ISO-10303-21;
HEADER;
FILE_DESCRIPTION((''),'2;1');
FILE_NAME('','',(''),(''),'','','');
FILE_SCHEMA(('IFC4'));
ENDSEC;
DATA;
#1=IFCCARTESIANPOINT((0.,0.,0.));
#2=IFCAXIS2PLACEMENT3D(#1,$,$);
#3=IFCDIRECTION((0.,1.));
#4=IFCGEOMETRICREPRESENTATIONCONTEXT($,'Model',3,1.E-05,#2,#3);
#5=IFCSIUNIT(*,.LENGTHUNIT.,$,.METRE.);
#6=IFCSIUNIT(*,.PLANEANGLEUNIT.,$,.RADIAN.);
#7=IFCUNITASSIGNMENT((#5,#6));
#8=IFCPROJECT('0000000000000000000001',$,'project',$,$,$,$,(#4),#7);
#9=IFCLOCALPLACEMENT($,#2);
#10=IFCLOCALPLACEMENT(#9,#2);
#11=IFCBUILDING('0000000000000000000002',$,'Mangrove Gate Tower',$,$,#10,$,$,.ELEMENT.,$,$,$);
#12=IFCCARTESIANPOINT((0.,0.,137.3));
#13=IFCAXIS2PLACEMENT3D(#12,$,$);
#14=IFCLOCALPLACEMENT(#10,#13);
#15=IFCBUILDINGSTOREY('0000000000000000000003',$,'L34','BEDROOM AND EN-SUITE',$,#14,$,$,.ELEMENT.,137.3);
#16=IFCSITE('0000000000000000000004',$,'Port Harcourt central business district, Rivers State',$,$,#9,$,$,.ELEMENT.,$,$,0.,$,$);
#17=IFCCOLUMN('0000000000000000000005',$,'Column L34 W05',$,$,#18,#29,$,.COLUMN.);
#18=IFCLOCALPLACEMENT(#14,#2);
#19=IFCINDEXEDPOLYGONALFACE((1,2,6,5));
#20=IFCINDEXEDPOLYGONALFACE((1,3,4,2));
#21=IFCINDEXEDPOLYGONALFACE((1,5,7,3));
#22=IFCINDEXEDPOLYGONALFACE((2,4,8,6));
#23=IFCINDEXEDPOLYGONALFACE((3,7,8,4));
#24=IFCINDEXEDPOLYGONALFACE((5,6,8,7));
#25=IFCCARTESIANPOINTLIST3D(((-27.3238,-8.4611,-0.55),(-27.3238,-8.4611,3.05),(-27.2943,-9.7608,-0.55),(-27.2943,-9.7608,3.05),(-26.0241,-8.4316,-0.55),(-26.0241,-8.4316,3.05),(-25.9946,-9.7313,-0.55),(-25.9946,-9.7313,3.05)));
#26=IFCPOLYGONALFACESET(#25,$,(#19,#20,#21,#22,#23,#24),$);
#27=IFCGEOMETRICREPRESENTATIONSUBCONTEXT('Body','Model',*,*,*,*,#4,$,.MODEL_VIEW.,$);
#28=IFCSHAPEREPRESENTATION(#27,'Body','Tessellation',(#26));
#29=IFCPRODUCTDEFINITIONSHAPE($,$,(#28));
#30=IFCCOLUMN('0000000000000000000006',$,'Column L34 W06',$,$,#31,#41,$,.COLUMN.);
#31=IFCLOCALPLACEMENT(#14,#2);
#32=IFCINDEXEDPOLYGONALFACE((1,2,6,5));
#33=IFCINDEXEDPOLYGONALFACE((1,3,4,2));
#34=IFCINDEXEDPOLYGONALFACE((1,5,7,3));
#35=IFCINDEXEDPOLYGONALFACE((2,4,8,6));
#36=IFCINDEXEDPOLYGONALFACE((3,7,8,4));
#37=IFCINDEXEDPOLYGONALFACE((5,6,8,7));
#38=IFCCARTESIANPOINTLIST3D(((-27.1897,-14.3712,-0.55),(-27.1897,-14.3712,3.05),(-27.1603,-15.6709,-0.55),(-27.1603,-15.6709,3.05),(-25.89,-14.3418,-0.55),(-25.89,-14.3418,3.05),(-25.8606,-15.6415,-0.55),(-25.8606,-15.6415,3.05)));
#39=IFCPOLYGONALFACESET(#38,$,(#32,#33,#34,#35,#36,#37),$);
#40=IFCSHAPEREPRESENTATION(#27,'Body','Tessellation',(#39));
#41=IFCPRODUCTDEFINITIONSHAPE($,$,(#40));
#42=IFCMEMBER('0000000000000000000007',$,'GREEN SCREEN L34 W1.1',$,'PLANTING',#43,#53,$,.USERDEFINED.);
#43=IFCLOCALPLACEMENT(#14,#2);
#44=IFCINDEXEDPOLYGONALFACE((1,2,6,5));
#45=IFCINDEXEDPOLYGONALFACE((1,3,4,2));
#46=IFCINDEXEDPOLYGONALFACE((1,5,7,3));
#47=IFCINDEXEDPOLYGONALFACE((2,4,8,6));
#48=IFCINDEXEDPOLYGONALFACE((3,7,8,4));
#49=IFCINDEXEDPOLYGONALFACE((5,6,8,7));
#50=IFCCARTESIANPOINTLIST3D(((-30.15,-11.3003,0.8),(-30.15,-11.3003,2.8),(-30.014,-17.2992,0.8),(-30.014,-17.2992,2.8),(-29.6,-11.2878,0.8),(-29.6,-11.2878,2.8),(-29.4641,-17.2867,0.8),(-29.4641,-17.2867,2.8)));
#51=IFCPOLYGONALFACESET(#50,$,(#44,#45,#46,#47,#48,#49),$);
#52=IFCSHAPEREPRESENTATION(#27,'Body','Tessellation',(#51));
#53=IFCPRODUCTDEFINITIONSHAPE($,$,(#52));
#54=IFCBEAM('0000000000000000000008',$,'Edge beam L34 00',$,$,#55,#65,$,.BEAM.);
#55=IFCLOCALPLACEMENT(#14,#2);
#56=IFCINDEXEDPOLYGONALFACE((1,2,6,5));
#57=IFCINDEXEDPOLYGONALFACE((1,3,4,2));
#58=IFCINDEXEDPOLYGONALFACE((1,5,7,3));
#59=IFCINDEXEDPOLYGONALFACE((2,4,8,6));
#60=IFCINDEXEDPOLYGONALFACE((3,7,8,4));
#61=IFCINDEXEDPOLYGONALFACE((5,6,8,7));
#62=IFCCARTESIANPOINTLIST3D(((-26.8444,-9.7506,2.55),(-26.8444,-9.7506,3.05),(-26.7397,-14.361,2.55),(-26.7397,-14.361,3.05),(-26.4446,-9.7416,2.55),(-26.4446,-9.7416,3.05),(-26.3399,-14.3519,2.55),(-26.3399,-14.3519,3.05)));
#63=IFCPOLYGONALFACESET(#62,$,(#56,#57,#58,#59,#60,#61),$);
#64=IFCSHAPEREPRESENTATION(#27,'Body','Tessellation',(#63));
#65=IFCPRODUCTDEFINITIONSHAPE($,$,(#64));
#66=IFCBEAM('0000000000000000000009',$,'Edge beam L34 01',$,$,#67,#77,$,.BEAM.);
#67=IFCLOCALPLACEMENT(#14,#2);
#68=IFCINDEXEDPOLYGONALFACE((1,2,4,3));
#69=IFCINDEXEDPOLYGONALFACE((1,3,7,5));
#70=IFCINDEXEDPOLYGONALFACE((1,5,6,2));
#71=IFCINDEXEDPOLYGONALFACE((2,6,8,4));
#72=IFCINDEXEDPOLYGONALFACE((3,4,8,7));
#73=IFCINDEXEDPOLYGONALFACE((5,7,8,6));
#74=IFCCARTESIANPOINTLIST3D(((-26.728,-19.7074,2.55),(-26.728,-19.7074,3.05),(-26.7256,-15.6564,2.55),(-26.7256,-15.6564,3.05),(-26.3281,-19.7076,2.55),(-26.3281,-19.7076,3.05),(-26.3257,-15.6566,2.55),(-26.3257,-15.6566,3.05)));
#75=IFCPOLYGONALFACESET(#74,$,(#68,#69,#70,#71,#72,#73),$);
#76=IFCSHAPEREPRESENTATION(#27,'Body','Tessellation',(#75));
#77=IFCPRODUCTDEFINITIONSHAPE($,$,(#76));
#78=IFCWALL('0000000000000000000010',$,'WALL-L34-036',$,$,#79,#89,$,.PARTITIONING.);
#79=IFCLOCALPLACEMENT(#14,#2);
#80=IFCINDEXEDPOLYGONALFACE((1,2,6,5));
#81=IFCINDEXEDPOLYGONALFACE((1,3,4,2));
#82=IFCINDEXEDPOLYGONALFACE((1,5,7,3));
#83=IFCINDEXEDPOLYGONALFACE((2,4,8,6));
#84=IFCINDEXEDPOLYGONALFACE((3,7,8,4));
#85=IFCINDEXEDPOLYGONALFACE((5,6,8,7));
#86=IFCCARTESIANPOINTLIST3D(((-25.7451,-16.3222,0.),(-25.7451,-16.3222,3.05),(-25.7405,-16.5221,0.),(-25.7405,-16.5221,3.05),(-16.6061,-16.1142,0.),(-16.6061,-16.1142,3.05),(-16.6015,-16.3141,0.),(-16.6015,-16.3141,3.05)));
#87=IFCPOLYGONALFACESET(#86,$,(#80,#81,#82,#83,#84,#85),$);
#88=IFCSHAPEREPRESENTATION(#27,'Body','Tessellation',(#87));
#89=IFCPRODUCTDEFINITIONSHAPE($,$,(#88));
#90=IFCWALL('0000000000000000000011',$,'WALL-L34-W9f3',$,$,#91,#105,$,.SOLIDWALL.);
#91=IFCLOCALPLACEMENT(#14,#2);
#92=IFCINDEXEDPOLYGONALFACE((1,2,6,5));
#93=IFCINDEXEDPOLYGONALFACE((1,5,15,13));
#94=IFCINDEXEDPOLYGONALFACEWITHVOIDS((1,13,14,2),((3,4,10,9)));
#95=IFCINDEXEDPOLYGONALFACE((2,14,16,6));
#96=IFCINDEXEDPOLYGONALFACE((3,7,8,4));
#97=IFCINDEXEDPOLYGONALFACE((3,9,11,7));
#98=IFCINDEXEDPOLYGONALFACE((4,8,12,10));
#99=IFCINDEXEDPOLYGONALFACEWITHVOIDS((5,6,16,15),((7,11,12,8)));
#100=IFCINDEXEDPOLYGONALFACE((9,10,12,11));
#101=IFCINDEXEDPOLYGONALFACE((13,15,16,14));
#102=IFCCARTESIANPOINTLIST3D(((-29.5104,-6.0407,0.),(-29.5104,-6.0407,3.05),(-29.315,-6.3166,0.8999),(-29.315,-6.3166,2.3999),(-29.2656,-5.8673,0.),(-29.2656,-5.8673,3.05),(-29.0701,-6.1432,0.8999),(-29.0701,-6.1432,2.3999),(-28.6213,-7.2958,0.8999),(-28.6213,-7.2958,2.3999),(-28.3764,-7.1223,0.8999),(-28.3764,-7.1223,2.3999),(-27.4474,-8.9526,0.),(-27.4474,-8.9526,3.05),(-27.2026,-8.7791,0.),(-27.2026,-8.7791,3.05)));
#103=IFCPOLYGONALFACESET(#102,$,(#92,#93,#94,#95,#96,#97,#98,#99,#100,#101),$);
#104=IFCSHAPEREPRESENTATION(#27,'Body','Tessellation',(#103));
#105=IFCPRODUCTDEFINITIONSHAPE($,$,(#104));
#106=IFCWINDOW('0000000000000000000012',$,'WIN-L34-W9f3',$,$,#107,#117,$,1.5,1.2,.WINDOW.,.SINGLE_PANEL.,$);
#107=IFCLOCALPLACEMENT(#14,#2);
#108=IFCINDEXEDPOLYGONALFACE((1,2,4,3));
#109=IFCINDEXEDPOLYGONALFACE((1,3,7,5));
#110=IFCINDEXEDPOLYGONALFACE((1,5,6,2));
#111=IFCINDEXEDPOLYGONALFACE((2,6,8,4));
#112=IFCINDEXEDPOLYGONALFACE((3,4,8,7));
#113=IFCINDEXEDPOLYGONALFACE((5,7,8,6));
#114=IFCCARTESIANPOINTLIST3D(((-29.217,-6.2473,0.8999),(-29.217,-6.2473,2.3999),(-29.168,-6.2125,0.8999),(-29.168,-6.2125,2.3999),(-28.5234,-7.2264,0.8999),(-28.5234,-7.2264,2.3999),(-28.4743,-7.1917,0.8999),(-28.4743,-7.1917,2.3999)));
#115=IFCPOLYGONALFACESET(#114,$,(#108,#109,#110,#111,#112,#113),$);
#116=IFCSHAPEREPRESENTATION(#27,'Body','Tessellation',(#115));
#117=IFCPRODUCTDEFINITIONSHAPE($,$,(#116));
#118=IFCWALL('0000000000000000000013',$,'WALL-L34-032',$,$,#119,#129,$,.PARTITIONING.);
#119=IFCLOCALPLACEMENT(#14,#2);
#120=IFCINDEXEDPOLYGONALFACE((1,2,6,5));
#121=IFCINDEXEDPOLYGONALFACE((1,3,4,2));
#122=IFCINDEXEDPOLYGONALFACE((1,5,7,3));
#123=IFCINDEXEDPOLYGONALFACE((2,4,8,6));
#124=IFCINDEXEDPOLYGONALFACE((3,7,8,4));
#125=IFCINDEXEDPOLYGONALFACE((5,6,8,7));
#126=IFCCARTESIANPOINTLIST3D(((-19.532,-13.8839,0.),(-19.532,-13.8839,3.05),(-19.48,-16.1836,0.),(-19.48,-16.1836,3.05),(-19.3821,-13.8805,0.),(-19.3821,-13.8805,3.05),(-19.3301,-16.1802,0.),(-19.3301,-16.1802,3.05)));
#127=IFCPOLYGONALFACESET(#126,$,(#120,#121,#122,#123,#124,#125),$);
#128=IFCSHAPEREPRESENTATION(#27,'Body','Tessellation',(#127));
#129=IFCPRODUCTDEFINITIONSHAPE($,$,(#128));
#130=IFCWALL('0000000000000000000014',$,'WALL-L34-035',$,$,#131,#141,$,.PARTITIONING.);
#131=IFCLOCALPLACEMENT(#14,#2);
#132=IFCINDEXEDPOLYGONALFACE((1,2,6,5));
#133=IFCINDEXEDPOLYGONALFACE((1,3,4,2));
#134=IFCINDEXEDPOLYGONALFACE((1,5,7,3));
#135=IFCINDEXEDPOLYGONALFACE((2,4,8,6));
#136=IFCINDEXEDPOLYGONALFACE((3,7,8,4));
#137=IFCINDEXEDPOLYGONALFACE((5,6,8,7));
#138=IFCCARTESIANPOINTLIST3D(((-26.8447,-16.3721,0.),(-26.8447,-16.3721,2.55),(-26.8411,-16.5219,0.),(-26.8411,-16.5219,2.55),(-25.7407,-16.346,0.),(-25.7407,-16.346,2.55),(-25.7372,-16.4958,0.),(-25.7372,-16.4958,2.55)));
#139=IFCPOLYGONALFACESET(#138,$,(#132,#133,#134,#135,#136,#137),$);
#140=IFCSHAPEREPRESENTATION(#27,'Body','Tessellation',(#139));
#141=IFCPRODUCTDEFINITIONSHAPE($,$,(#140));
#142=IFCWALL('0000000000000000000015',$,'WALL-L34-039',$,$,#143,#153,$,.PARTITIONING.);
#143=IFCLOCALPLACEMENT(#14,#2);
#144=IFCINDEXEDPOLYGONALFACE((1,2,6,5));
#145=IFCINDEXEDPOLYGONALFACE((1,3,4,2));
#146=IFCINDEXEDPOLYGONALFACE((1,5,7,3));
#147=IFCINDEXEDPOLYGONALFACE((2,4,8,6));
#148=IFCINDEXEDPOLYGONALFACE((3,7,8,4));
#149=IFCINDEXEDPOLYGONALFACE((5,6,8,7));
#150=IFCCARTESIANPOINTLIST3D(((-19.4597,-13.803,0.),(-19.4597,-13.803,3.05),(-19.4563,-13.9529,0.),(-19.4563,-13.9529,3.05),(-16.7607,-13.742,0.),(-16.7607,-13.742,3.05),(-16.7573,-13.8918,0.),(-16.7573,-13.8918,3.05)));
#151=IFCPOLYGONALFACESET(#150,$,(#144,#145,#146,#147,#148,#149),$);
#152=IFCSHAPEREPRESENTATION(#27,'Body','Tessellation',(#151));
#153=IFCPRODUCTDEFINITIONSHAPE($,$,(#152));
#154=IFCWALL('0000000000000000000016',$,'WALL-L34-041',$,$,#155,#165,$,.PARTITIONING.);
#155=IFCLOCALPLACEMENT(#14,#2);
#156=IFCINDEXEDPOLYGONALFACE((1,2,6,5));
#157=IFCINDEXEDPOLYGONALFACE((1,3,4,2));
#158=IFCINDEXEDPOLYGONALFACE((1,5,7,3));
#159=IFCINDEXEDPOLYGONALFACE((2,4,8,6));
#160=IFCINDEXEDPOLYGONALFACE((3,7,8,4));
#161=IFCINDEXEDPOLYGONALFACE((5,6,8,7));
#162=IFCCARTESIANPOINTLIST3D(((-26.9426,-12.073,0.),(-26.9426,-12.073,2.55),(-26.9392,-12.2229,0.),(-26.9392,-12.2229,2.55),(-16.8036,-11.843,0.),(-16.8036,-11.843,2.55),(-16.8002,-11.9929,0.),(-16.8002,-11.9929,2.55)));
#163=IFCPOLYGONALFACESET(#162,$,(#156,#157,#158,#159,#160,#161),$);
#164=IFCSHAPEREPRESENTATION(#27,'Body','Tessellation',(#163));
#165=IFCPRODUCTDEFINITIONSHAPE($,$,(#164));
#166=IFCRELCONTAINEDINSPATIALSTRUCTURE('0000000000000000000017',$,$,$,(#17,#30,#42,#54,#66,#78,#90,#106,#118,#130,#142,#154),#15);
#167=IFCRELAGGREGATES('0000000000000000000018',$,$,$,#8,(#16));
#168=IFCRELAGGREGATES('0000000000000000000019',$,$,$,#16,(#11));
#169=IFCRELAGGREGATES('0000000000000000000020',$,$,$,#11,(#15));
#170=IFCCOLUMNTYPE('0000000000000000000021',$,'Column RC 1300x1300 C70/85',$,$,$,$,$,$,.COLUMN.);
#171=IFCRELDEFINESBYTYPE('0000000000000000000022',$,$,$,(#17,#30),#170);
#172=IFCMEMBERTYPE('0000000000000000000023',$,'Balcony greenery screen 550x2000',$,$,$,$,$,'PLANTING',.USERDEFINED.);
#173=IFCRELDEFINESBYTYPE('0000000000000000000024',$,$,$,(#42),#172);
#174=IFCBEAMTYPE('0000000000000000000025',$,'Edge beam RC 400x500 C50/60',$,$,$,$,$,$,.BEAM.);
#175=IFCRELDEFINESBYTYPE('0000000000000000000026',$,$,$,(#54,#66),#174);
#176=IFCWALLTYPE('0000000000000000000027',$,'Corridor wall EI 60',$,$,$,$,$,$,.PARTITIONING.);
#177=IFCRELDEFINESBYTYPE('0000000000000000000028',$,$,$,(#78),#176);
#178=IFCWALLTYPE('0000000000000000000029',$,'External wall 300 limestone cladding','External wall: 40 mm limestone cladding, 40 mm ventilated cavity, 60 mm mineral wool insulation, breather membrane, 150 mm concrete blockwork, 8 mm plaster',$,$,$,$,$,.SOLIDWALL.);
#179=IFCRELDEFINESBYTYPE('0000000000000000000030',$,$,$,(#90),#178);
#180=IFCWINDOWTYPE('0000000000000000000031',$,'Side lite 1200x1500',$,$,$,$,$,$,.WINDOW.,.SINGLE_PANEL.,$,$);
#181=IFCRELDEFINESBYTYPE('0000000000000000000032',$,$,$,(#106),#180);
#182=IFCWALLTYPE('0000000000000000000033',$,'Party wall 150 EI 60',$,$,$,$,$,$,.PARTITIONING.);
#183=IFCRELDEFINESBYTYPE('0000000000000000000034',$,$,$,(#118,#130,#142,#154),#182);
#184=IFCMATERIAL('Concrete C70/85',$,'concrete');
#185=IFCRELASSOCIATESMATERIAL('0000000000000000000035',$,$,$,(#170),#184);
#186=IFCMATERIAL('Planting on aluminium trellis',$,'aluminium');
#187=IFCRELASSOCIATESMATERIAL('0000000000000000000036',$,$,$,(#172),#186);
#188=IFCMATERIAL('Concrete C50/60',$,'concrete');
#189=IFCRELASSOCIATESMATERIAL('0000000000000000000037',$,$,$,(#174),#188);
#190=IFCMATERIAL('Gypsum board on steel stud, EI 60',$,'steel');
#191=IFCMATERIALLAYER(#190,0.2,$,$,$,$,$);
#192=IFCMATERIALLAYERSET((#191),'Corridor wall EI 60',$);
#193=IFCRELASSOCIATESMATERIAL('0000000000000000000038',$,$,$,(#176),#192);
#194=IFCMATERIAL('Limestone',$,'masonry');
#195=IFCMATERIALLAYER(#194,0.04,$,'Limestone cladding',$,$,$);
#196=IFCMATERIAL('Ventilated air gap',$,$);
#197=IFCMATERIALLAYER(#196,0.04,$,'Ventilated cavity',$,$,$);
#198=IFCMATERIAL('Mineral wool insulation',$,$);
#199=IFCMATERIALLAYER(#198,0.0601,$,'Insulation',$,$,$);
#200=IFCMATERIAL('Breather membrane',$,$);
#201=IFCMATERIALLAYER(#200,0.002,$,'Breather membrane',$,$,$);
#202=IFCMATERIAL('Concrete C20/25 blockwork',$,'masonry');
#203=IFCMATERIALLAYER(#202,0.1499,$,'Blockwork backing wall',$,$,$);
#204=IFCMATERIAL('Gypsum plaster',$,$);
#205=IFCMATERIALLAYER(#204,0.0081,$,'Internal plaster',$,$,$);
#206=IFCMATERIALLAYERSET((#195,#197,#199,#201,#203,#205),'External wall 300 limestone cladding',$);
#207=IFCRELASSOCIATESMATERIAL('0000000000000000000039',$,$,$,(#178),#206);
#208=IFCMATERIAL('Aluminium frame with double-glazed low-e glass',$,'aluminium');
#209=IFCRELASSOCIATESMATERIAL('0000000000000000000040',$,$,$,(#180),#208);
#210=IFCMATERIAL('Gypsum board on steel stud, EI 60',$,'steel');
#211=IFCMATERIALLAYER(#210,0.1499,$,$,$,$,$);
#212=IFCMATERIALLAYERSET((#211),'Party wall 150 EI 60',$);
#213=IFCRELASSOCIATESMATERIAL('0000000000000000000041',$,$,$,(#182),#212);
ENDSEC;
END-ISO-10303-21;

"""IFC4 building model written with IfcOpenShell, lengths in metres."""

from ifc_helpers import new_model, si_unit, direction, frame, frame_2d, origin, origin_2d, place, context, subcontext, project, spatial, rectangle, extrude, material, layer, layer_set, material_profile, profile_set, type_object, element, fill, save


model = new_model("IFC4")

# Units and contexts
model_context = context("Model", 3, precision=1e-05, world=origin(), true_north=direction((0.0, 1.0)))
body_context = subcontext(model_context, "Body", "Model", "MODEL_VIEW")
ifc_project = project(units=[si_unit("LENGTHUNIT", "METRE"), si_unit("PLANEANGLEUNIT", "RADIAN")], contexts=[model_context])

# Site, building, storey
site_placement = place(None, origin())
site = spatial("IfcSite", under=ifc_project, at=site_placement, Name="Port Harcourt central business district, Rivers State", CompositionType="ELEMENT", RefElevation=0.0)
building_placement = place(site_placement, origin())
building = spatial("IfcBuilding", under=site, at=building_placement, Name="Mangrove Gate Tower", CompositionType="ELEMENT")
storey_placement = place(building_placement, frame((0.0, 0.0, 137.3)))
storey = spatial("IfcBuildingStorey", under=building, at=storey_placement, Name="L34", Description="BEDROOM AND EN-SUITE", CompositionType="ELEMENT", Elevation=137.3)

# Columns
ifc_material_1 = material(Name="Concrete C70/85", Category="concrete")
ifc_material_profile_1 = material_profile(ifc_material_1, rectangle(XDim=1.3, YDim=1.3, at=origin_2d()))
ifc_profile_set_1 = profile_set([ifc_material_profile_1], Name="Concrete C70/85")
column_type = type_object("IfcColumnType", Name="Column RC 1300x1300 C70/85", PredefinedType="COLUMN", material=ifc_profile_set_1)
for number, where, z_axis, x_axis, name in (
    (1, (-26.6592, -9.0962, -0.55), (0.0, 0.0, 1.0), (0.022682, -0.999743, 0.0), "Column L34 W05"),
    (2, (-26.5251, -15.0063, -0.55), (0.0, 0.0, 1.0), (0.022666, -0.999743, 0.0), "Column L34 W06"),
):
    element("IfcColumn", number, at=place(storey_placement, frame(where, z_axis=z_axis, x_axis=x_axis)), inside=storey, type_object=column_type, Name=name, PredefinedType="COLUMN", context=body_context, shape_type="SweptSolid", body=[
        extrude(rectangle(XDim=1.3, YDim=1.3, at=origin_2d()), origin(), (0.0, 0.0, 1.0), 3.6001),
    ])

# Member
ifc_material_2 = material(Name="Planting on aluminium trellis", Category="aluminium")
ifc_material_profile_2 = material_profile(ifc_material_2, rectangle(XDim=0.55, YDim=2.0, at=origin_2d()))
ifc_profile_set_2 = profile_set([ifc_material_profile_2], Name="Planting on aluminium trellis")
member_type = type_object("IfcMemberType", Name="Balcony greenery screen 550x2000", ElementType="PLANTING", PredefinedType="USERDEFINED", material=ifc_profile_set_2)
member_placement = place(storey_placement, frame((-29.739, -17.293, 1.8), z_axis=(-0.022662, 0.999743, 0.0), x_axis=(-0.999743, -0.022662, 0.0)))
element("IfcMember", 3, at=member_placement, inside=storey, type_object=member_type, Name="GREEN SCREEN L34 W1.1", ObjectType="PLANTING", PredefinedType="USERDEFINED", context=body_context, shape_type="SweptSolid", body=[
    extrude(rectangle(XDim=0.55, YDim=2.0, at=origin_2d()), origin(), (0.0, 0.0, 1.0), 6.0005),
])

# Beams
ifc_material_3 = material(Name="Concrete C50/60", Category="concrete")
ifc_material_profile_3 = material_profile(ifc_material_3, rectangle(XDim=0.3999, YDim=0.5, at=origin_2d()))
ifc_profile_set_3 = profile_set([ifc_material_profile_3], Name="Concrete C50/60")
beam_type = type_object("IfcBeamType", Name="Edge beam RC 400x500 C50/60", PredefinedType="BEAM", material=ifc_profile_set_3)
beam_1_placement = place(storey_placement, frame((-26.6445, -9.7461, 2.8), z_axis=(0.022712, -0.999742, 0.0), x_axis=(0.999742, 0.022712, 0.0)))
element("IfcBeam", 4, at=beam_1_placement, inside=storey, type_object=beam_type, Name="Edge beam L34 00", PredefinedType="BEAM", context=body_context, shape_type="SweptSolid", body=[
    extrude(rectangle(XDim=0.3999, YDim=0.5, at=origin_2d()), origin(), (0.0, 0.0, 1.0), 4.6116),
])
beam_2_placement = place(storey_placement, frame((-26.5256, -15.6565, 2.8), z_axis=(-0.000603, -1.0, 0.0), x_axis=(1.0, -0.000603, 0.0)))
element("IfcBeam", 5, at=beam_2_placement, inside=storey, type_object=beam_type, Name="Edge beam L34 01", PredefinedType="BEAM", context=body_context, shape_type="SweptSolid", body=[
    extrude(rectangle(XDim=0.3999, YDim=0.5, at=origin_2d()), origin(), (0.0, 0.0, 1.0), 4.051),
])

# Wall
ifc_material_4 = material(Name="Gypsum board on steel stud, EI 60", Category="steel")
ifc_layer_1 = layer(ifc_material_4, 0.2)
ifc_layer_set_1 = layer_set([ifc_layer_1], Name="Corridor wall EI 60")
wall_type_1 = type_object("IfcWallType", Name="Corridor wall EI 60", PredefinedType="PARTITIONING", material=ifc_layer_set_1)
wall_1_placement = place(storey_placement, frame((-25.7429, -16.4221, 0.0), z_axis=(0.0, 0.0, 1.0), x_axis=(0.999741, 0.022755, 0.0)))
element("IfcWall", 6, at=wall_1_placement, inside=storey, type_object=wall_type_1, Name="WALL-L34-036", PredefinedType="PARTITIONING", context=body_context, shape_type="SweptSolid", body=[
    extrude(rectangle(XDim=9.1414, YDim=0.2, at=frame_2d((4.5708, 0.0))), origin(), (0.0, 0.0, 1.0), 3.05),
])

# Wall, opening, window
ifc_material_5 = material(Name="Limestone", Category="masonry")
ifc_layer_2 = layer(ifc_material_5, 0.04, Name="Limestone cladding")
ifc_material_6 = material(Name="Ventilated air gap")
ifc_layer_3 = layer(ifc_material_6, 0.04, Name="Ventilated cavity")
ifc_material_7 = material(Name="Mineral wool insulation")
ifc_layer_4 = layer(ifc_material_7, 0.0601, Name="Insulation")
ifc_material_8 = material(Name="Breather membrane")
ifc_layer_5 = layer(ifc_material_8, 0.002, Name="Breather membrane")
ifc_material_9 = material(Name="Concrete C20/25 blockwork", Category="masonry")
ifc_layer_6 = layer(ifc_material_9, 0.1499, Name="Blockwork backing wall")
ifc_material_10 = material(Name="Gypsum plaster")
ifc_layer_7 = layer(ifc_material_10, 0.0081, Name="Internal plaster")
ifc_layer_set_2 = layer_set([ifc_layer_2, ifc_layer_3, ifc_layer_4, ifc_layer_5, ifc_layer_6, ifc_layer_7], Name="External wall 300 limestone cladding")
wall_type_2 = type_object("IfcWallType", Name="External wall 300 limestone cladding", Description="External wall: 40 mm limestone cladding, 40 mm ventilated cavity, 60 mm mineral wool insulation, breather membrane, 150 mm concrete blockwork, 8 mm plaster", PredefinedType="SOLIDWALL", material=ifc_layer_set_2)
wall_2_placement = place(storey_placement, frame((-29.3879, -5.9541, 0.0), z_axis=(0.0, 0.0, 1.0), x_axis=(0.578095, -0.815969, 0.0)))
wall_2 = element("IfcWall", 7, at=wall_2_placement, inside=storey, type_object=wall_type_2, Name="WALL-L34-W9f3", PredefinedType="SOLIDWALL", context=body_context, shape_type="SweptSolid", body=[
    extrude(rectangle(XDim=3.5686, YDim=0.3, at=frame_2d((1.7842, 0.0))), origin(), (0.0, 0.0, 1.0), 3.05),
])
opening_1_placement = place(wall_2_placement, frame((0.3379, 0.0, 0.8999)))
opening_1 = element("IfcOpeningElement", 8, at=opening_1_placement, cuts=wall_2, PredefinedType="OPENING", context=body_context, shape_type="SweptSolid", body=[
    extrude(rectangle(XDim=1.2, YDim=1.5, at=frame_2d((0.6001, 0.75))), frame((0.0, 0.1599, 0.0), z_axis=(0.0, -1.0, 0.0), x_axis=(1.0, 0.0, 0.0)), (0.0, 0.0, 1.0), 0.3201),
])
ifc_material_11 = material(Name="Aluminium frame with double-glazed low-e glass", Category="aluminium")
window_type_1 = type_object("IfcWindowType", Name="Side lite 1200x1500", PartitioningType="SINGLE_PANEL", PredefinedType="WINDOW", material=ifc_material_11)
window_1_placement = place(opening_1_placement, origin())
window_1 = element("IfcWindow", 9, at=window_1_placement, inside=storey, type_object=window_type_1, Name="WIN-L34-W9f3", OverallHeight=1.5, OverallWidth=1.2, PartitioningType="SINGLE_PANEL", PredefinedType="WINDOW", context=body_context, shape_type="SweptSolid", body=[
    extrude(rectangle(XDim=1.2, YDim=1.5, at=frame_2d((0.6001, 0.75))), frame((0.0, 0.03, 0.0), z_axis=(0.0, -1.0, 0.0), x_axis=(1.0, 0.0, 0.0)), (0.0, 0.0, 1.0), 0.0601),
])
fill(opening_1, window_1)

# Walls
ifc_material_12 = material(Name="Gypsum board on steel stud, EI 60", Category="steel")
ifc_layer_8 = layer(ifc_material_12, 0.1499)
ifc_layer_set_3 = layer_set([ifc_layer_8], Name="Party wall 150 EI 60")
wall_type_3 = type_object("IfcWallType", Name="Party wall 150 EI 60", PredefinedType="PARTITIONING", material=ifc_layer_set_3)
wall_3_placement = place(storey_placement, frame((-19.405, -16.1819, 0.0), z_axis=(0.0, 0.0, 1.0), x_axis=(-0.022606, 0.999744, 0.0)))
element("IfcWall", 10, at=wall_3_placement, inside=storey, type_object=wall_type_3, Name="WALL-L34-032", PredefinedType="PARTITIONING", context=body_context, shape_type="SweptSolid", body=[
    extrude(rectangle(XDim=2.3003, YDim=0.1499, at=frame_2d((1.1501, 0.0))), origin(), (0.0, 0.0, 1.0), 3.05),
])
wall_4_placement = place(storey_placement, frame((-26.843, -16.447, 0.0), z_axis=(0.0, 0.0, 1.0), x_axis=(0.99972, 0.023655, 0.0)))
element("IfcWall", 11, at=wall_4_placement, inside=storey, type_object=wall_type_3, Name="WALL-L34-035", PredefinedType="PARTITIONING", context=body_context, shape_type="SweptSolid", body=[
    extrude(rectangle(XDim=1.1042, YDim=0.1499, at=frame_2d((0.5522, 0.0))), origin(), (0.0, 0.0, 1.0), 2.55),
])
wall_5_placement = place(storey_placement, frame((-19.458, -13.8779, 0.0), z_axis=(0.0, 0.0, 1.0), x_axis=(0.999744, 0.022608, 0.0)))
element("IfcWall", 12, at=wall_5_placement, inside=storey, type_object=wall_type_3, Name="WALL-L34-039", PredefinedType="PARTITIONING", context=body_context, shape_type="SweptSolid", body=[
    extrude(rectangle(XDim=2.6997, YDim=0.1499, at=frame_2d((1.3499, 0.0))), origin(), (0.0, 0.0, 1.0), 3.05),
])
wall_6_placement = place(storey_placement, frame((-26.9409, -12.1479, 0.0), z_axis=(0.0, 0.0, 1.0), x_axis=(0.999743, 0.022677, 0.0)))
element("IfcWall", 13, at=wall_6_placement, inside=storey, type_object=wall_type_3, Name="WALL-L34-041", PredefinedType="PARTITIONING", context=body_context, shape_type="SweptSolid", body=[
    extrude(rectangle(XDim=10.1416, YDim=0.1499, at=frame_2d((5.0708, 0.0))), origin(), (0.0, 0.0, 1.0), 2.55),
])

save(model, "model.ifc")
